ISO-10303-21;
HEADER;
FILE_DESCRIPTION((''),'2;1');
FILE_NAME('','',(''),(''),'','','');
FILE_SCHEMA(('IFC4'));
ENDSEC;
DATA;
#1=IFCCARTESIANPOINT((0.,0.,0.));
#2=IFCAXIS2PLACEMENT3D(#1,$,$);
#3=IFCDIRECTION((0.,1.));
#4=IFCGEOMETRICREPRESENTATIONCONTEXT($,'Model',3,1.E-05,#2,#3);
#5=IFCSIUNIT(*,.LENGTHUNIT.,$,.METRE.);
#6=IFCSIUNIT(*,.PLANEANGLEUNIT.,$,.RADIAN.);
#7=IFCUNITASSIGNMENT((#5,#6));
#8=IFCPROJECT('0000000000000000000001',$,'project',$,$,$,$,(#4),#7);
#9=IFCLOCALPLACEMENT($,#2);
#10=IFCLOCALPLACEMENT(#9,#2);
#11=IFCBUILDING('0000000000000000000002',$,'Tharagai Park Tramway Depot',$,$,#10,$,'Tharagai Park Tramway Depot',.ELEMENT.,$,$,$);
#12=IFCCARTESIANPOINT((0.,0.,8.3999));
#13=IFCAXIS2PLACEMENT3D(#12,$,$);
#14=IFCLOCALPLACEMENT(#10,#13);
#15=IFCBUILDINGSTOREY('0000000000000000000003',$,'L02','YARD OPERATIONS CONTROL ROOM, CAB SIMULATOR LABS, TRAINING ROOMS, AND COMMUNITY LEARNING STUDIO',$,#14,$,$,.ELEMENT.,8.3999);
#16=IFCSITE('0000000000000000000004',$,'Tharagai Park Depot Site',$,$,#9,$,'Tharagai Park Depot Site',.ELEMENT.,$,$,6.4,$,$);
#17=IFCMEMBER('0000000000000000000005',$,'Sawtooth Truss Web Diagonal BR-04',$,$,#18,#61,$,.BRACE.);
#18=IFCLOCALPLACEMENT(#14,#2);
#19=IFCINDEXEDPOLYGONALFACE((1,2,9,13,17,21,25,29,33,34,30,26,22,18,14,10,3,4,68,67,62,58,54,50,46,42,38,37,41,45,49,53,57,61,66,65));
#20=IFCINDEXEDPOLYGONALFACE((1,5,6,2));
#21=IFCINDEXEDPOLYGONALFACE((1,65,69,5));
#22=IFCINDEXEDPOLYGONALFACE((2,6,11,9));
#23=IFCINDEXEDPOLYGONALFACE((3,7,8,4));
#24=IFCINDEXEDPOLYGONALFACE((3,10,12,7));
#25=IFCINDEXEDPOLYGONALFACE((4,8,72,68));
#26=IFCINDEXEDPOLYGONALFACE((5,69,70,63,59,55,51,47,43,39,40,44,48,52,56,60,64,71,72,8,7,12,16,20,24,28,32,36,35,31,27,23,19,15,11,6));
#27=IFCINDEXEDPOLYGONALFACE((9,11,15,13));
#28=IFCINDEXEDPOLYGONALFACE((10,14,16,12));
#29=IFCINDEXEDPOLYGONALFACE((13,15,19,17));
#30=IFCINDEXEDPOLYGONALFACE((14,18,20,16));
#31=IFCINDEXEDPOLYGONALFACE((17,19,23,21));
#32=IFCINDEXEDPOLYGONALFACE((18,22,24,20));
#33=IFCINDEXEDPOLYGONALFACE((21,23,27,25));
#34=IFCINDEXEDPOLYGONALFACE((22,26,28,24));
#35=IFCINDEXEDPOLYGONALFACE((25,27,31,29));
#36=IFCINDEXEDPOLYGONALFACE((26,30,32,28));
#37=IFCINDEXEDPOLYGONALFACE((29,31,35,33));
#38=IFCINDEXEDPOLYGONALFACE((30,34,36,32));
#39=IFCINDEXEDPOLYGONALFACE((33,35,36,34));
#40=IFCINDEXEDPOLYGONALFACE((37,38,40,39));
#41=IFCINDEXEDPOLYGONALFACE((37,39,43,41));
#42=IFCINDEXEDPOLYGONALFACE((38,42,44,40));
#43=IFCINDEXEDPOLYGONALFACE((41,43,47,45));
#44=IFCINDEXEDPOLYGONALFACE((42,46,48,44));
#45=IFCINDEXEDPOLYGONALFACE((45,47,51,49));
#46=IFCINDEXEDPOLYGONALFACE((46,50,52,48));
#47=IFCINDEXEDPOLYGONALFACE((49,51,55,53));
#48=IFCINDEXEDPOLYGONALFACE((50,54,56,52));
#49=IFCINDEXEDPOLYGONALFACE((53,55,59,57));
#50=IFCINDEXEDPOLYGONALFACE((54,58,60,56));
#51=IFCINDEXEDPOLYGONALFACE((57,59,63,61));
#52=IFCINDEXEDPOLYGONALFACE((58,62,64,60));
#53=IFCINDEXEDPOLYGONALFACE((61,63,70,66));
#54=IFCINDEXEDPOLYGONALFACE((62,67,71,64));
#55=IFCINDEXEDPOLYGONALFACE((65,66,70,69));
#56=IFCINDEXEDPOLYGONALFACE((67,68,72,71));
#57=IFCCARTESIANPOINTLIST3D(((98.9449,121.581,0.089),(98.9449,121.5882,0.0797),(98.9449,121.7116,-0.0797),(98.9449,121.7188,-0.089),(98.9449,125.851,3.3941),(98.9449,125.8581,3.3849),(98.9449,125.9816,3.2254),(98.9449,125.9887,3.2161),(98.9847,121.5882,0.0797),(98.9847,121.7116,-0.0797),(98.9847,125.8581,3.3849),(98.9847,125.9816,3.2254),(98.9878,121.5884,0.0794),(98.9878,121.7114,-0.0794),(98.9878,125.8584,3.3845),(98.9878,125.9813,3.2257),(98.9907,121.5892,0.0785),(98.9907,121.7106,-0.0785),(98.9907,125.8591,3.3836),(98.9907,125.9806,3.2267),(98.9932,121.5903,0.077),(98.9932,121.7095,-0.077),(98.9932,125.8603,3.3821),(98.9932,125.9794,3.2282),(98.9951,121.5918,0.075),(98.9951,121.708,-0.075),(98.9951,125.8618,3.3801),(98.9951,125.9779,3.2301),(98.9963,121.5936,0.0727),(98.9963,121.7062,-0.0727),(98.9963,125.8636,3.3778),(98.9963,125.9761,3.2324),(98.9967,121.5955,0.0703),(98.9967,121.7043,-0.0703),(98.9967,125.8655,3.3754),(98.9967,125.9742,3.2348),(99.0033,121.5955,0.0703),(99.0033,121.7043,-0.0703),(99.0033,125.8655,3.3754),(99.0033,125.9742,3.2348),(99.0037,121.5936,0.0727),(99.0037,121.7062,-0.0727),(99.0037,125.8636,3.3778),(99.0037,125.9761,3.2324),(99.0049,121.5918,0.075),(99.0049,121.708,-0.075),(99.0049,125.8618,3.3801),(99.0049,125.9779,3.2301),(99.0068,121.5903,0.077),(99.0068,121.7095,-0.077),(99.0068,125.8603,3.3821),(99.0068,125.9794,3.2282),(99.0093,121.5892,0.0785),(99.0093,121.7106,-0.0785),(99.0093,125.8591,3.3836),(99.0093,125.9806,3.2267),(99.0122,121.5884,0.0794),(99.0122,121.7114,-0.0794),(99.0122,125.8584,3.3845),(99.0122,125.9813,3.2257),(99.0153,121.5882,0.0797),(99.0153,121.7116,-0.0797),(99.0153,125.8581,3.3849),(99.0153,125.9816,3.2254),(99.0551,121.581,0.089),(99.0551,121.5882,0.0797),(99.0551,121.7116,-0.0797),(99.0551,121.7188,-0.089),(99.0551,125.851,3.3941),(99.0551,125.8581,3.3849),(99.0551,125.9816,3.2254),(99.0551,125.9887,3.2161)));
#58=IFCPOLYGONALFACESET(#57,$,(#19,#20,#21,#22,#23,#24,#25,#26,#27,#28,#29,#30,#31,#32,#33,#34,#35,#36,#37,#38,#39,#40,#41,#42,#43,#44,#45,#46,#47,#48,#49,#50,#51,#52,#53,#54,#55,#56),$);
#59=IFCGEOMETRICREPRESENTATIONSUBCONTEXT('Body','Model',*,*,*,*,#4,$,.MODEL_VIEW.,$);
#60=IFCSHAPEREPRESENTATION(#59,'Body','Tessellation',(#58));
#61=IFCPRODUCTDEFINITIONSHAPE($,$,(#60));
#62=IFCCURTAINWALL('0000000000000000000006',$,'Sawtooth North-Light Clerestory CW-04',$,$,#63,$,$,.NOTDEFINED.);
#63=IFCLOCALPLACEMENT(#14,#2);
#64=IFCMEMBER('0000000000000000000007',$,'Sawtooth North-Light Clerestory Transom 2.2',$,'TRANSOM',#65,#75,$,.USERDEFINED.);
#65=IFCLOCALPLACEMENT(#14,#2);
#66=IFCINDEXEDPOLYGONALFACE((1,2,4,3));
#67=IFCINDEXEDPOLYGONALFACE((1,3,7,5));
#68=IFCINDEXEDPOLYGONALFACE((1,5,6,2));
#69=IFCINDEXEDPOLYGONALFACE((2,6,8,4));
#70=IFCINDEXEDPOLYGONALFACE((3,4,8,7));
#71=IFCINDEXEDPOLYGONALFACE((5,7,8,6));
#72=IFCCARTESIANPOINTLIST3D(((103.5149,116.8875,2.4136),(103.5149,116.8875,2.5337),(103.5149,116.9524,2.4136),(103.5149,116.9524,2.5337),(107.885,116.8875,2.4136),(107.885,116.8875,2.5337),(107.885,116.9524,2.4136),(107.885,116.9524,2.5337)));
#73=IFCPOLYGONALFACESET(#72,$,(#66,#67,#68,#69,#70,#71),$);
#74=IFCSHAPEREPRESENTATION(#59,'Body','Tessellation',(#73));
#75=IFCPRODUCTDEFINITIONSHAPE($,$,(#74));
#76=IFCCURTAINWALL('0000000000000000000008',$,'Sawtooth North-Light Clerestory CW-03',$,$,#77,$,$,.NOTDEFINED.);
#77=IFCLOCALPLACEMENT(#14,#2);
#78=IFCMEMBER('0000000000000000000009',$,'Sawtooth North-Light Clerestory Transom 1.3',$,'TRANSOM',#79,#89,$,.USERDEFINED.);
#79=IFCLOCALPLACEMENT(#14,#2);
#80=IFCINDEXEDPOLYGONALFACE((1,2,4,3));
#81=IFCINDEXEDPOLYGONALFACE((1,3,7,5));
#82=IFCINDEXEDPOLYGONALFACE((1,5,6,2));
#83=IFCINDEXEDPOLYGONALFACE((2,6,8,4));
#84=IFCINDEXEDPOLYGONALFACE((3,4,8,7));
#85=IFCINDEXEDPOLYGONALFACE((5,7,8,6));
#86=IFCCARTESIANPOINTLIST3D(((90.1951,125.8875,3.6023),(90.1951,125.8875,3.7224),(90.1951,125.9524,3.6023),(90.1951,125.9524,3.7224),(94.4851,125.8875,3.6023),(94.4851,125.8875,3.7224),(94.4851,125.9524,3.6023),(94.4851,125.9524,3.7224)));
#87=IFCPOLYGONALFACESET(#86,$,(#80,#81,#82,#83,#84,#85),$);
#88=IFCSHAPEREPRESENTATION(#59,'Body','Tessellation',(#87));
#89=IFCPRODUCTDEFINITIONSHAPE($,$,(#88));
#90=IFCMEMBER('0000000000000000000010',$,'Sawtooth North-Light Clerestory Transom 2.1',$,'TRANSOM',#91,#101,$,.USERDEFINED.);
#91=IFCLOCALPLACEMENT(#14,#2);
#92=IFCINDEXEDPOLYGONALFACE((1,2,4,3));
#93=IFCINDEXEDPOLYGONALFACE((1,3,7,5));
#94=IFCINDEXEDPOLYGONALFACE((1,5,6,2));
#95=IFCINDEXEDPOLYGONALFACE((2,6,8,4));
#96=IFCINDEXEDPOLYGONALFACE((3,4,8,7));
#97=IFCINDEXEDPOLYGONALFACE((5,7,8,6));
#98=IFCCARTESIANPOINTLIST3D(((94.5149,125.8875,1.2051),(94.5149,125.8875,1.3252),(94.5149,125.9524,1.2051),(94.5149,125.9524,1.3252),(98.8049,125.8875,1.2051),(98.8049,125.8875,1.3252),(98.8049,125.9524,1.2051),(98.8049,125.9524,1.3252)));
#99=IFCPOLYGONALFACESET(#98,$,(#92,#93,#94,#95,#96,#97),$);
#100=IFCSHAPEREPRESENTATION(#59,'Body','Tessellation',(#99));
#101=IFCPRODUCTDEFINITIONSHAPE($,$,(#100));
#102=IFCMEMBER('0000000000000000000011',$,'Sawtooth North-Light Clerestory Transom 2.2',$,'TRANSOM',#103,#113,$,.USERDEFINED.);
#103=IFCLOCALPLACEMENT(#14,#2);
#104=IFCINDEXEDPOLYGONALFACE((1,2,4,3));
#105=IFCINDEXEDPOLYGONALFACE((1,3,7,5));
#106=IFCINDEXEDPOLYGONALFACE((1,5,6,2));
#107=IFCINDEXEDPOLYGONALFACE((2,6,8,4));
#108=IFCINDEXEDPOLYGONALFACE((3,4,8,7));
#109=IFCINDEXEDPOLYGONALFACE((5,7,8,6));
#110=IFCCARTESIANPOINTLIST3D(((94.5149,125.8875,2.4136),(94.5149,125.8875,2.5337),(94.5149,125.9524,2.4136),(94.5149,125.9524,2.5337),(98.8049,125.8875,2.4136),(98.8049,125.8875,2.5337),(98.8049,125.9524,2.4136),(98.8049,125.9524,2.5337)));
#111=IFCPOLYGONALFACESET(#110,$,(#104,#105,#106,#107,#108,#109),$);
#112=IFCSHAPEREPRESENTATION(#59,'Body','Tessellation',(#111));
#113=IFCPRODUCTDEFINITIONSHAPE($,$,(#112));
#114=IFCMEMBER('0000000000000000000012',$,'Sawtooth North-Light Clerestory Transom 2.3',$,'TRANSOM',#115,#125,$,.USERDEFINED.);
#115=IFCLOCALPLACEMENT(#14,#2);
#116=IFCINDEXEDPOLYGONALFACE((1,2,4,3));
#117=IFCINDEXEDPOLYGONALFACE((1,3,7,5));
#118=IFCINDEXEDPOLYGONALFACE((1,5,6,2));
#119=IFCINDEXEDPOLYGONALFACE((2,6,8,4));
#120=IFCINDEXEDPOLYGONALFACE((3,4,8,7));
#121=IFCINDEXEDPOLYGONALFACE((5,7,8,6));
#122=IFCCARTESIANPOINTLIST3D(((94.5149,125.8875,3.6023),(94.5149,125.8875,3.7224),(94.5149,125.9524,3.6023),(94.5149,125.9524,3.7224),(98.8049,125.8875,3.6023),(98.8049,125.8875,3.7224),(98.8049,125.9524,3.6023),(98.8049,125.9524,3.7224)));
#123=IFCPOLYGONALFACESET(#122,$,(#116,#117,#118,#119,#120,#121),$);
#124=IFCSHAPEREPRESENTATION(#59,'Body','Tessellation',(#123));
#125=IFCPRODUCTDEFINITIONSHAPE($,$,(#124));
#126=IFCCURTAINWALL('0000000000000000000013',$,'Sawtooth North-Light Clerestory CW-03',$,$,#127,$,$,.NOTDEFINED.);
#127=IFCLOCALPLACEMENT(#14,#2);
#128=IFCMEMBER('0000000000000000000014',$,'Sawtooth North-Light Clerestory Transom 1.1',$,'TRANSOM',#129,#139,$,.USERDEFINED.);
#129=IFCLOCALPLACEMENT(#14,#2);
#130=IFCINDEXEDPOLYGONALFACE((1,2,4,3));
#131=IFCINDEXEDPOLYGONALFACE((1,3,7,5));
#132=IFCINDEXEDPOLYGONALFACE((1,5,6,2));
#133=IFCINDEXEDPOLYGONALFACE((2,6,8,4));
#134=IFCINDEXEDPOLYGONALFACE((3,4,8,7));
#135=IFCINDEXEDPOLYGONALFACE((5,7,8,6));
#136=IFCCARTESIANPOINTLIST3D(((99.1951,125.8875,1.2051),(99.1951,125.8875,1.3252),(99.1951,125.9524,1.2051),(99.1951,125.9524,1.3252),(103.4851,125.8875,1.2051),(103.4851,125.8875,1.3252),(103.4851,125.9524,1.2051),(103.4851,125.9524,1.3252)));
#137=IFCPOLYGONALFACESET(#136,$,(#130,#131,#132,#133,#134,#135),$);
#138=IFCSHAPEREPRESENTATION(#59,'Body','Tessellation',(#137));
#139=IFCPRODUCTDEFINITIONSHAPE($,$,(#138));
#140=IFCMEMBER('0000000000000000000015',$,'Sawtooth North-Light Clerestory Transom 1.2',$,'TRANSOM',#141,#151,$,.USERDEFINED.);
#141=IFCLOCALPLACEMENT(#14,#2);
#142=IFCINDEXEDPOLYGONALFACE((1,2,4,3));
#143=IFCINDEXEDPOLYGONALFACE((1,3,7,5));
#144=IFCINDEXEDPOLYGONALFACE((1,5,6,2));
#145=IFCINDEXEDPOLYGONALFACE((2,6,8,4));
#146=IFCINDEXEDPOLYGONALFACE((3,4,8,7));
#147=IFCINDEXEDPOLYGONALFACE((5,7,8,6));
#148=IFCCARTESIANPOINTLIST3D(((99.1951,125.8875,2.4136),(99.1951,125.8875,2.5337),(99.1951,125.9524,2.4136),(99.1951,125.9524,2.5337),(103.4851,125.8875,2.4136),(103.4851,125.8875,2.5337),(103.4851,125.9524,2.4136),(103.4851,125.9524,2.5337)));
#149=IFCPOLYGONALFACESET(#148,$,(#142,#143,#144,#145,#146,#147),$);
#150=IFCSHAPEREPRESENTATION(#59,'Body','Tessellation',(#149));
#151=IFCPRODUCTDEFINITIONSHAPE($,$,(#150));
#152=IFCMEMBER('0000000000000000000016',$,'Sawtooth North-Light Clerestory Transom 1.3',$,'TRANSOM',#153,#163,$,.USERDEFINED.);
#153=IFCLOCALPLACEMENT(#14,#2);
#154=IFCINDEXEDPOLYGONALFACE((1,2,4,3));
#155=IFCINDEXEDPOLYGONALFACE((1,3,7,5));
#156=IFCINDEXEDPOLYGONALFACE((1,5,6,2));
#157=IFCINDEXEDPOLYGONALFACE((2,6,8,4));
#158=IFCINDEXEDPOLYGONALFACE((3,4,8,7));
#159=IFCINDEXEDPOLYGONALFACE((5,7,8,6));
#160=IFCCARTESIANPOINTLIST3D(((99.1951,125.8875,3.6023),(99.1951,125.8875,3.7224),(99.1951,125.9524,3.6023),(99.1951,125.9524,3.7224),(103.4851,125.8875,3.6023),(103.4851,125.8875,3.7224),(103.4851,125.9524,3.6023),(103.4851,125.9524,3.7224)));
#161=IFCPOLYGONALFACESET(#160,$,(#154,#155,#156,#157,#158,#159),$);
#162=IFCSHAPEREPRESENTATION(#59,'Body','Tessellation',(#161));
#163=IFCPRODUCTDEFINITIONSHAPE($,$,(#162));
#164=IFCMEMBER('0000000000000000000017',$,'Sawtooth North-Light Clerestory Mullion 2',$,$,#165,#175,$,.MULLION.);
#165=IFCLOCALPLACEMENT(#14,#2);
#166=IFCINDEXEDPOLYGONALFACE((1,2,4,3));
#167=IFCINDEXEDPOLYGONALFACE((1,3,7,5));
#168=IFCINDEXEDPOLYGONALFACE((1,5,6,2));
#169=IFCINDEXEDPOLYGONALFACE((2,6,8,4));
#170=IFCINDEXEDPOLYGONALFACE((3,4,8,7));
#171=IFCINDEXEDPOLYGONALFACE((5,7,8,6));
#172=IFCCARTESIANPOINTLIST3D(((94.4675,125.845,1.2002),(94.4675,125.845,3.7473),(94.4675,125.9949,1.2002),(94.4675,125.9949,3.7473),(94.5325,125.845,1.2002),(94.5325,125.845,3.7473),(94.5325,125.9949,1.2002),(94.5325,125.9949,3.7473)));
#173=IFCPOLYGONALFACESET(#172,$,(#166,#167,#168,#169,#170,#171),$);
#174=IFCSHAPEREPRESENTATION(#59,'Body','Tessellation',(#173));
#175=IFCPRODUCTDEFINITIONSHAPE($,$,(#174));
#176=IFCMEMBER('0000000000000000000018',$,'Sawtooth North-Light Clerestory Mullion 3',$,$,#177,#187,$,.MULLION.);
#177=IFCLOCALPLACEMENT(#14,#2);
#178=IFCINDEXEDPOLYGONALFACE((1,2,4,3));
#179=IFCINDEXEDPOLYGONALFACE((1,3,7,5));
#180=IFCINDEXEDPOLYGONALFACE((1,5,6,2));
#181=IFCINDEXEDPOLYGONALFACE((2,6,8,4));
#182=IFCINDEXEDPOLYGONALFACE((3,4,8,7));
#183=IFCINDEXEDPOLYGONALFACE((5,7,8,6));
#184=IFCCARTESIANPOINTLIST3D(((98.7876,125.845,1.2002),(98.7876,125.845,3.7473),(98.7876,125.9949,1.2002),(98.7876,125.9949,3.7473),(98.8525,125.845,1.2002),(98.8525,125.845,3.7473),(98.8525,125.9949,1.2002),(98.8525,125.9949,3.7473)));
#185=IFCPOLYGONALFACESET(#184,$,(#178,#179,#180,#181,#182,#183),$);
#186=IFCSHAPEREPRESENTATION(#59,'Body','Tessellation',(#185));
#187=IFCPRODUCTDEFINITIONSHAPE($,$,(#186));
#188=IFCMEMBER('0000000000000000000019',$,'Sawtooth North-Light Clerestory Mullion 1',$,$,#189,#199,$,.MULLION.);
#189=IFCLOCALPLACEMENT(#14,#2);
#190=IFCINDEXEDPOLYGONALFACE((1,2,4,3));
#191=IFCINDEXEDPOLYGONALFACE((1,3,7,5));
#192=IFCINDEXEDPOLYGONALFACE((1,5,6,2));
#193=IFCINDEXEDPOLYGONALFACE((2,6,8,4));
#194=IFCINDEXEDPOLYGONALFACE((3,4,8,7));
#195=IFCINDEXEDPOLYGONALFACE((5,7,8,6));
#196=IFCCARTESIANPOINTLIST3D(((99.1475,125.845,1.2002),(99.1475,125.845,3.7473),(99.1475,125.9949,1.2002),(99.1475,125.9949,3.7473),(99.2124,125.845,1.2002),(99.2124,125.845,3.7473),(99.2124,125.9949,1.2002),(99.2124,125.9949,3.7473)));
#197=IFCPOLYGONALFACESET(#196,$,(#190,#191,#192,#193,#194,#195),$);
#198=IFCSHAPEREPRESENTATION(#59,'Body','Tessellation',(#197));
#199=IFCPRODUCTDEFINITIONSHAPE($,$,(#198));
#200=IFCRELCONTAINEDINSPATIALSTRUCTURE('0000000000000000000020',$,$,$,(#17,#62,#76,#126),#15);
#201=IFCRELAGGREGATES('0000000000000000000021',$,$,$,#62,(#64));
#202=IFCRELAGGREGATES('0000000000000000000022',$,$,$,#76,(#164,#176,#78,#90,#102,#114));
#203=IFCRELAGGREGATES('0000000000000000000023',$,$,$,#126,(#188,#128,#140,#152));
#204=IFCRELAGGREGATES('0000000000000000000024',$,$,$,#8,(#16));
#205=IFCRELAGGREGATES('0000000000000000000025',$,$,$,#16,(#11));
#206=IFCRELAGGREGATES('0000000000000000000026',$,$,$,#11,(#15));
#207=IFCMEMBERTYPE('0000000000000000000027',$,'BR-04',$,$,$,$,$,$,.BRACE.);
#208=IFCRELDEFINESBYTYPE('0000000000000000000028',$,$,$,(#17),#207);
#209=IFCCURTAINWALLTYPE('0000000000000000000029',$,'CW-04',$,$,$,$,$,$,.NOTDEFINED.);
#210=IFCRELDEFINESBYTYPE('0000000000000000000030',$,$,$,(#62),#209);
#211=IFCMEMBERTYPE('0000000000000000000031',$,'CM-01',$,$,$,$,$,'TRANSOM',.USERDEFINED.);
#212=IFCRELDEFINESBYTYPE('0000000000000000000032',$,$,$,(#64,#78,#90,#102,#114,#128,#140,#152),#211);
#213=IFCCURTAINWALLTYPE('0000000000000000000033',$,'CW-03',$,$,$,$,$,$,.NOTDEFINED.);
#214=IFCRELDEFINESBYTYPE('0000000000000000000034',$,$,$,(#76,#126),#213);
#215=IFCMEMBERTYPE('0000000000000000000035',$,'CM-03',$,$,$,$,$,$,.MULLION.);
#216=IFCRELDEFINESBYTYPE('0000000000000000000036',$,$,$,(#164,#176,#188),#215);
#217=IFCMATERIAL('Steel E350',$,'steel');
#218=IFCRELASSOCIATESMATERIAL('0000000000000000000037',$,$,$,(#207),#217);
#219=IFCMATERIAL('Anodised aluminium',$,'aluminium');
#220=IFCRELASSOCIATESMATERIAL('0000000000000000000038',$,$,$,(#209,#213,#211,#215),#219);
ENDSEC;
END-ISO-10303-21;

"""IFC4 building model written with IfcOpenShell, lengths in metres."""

from ifc_helpers import new_model, si_unit, direction, frame, origin, origin_2d, place, context, subcontext, project, spatial, rectangle, i_section, extrude, material, material_profile, profile_set, type_object, element, aggregate, save


model = new_model("IFC4")

# Units and contexts
model_context = context("Model", 3, precision=1e-05, world=origin(), true_north=direction((0.0, 1.0)))
body_context = subcontext(model_context, "Body", "Model", "MODEL_VIEW")
ifc_project = project(units=[si_unit("LENGTHUNIT", "METRE"), si_unit("PLANEANGLEUNIT", "RADIAN")], contexts=[model_context])

# Site, building, storey
site_placement = place(None, origin())
site = spatial("IfcSite", under=ifc_project, at=site_placement, Name="Tharagai Park Depot Site", LongName="Tharagai Park Depot Site", CompositionType="ELEMENT", RefElevation=6.4)
building_placement = place(site_placement, origin())
building = spatial("IfcBuilding", under=site, at=building_placement, Name="Tharagai Park Tramway Depot", LongName="Tharagai Park Tramway Depot", CompositionType="ELEMENT")
storey_placement = place(building_placement, frame((0.0, 0.0, 8.3999)))
storey = spatial("IfcBuildingStorey", under=building, at=storey_placement, Name="L02", Description="YARD OPERATIONS CONTROL ROOM, CAB SIMULATOR LABS, TRAINING ROOMS, AND COMMUNITY LEARNING STUDIO", CompositionType="ELEMENT", Elevation=8.3999)

# Shared definitions
ifc_material_1 = material(Name="Steel E350", Category="steel")

# Member
ifc_material_profile_1 = material_profile(ifc_material_1, i_section(OverallWidth=0.1101, OverallDepth=0.2251, WebThickness=0.0066, FlangeThickness=0.0117, FilletRadius=0.012, at=origin_2d()), Name="ISMB 225")
ifc_profile_set_1 = profile_set([ifc_material_profile_1], Name="Steel E350")
member_type_1 = type_object("IfcMemberType", Name="BR-04", PredefinedType="BRACE", material=ifc_profile_set_1)
member_1_placement = place(storey_placement, frame((99.0, 121.6499, 0.0), z_axis=(0.0, 0.790782, 0.612098), x_axis=(-1.0, 0.0, 0.0)))
element("IfcMember", 1, at=member_1_placement, inside=storey, type_object=member_type_1, Name="Sawtooth Truss Web Diagonal BR-04", PredefinedType="BRACE", context=body_context, shape_type="SweptSolid", body=[
    extrude(i_section(OverallWidth=0.1101, OverallDepth=0.2251, WebThickness=0.0066, FlangeThickness=0.0117, FilletRadius=0.012, at=origin_2d()), origin(), (0.0, 0.0, 1.0), 5.3997),
])

# Curtain wall, member
ifc_material_2 = material(Name="Anodised aluminium", Category="aluminium")
curtain_wall_type_1 = type_object("IfcCurtainWallType", Name="CW-04", PredefinedType="NOTDEFINED", material=ifc_material_2)
curtain_wall_1_placement = place(storey_placement, origin())
curtain_wall_1 = element("IfcCurtainWall", 2, at=curtain_wall_1_placement, inside=storey, type_object=curtain_wall_type_1, Name="Sawtooth North-Light Clerestory CW-04", PredefinedType="NOTDEFINED")
ifc_material_profile_2 = material_profile(ifc_material_2, rectangle(XDim=0.0649, YDim=0.1201, at=origin_2d()), Name="ALU 65x120")
ifc_profile_set_2 = profile_set([ifc_material_profile_2], Name="Anodised aluminium")
member_type_2 = type_object("IfcMemberType", Name="CM-01", ElementType="TRANSOM", PredefinedType="USERDEFINED", material=ifc_profile_set_2)
member_2_placement = place(storey_placement, frame((103.5149, 116.9199, 2.4736), z_axis=(1.0, 0.0, 0.0), x_axis=(0.0, 1.0, 0.0)))
member_2 = element("IfcMember", 3, at=member_2_placement, type_object=member_type_2, Name="Sawtooth North-Light Clerestory Transom 2.2", ObjectType="TRANSOM", PredefinedType="USERDEFINED", context=body_context, shape_type="SweptSolid", body=[
    extrude(rectangle(XDim=0.0649, YDim=0.1201, at=origin_2d()), origin(), (0.0, 0.0, 1.0), 4.3701),
])
aggregate(curtain_wall_1, [member_2])

# Curtain walls, members
curtain_wall_type_2 = type_object("IfcCurtainWallType", Name="CW-03", PredefinedType="NOTDEFINED", material=ifc_material_2)
curtain_wall_2_placement = place(storey_placement, origin())
curtain_wall_2 = element("IfcCurtainWall", 4, at=curtain_wall_2_placement, inside=storey, type_object=curtain_wall_type_2, Name="Sawtooth North-Light Clerestory CW-03", PredefinedType="NOTDEFINED")
member_3_placement = place(storey_placement, frame((90.1951, 125.9199, 3.6624), z_axis=(1.0, 0.0, 0.0), x_axis=(0.0, 1.0, 0.0)))
member_3 = element("IfcMember", 5, at=member_3_placement, type_object=member_type_2, Name="Sawtooth North-Light Clerestory Transom 1.3", ObjectType="TRANSOM", PredefinedType="USERDEFINED", context=body_context, shape_type="SweptSolid", body=[
    extrude(rectangle(XDim=0.0649, YDim=0.1201, at=origin_2d()), origin(), (0.0, 0.0, 1.0), 4.29),
])
member_4_placement = place(storey_placement, frame((94.5149, 125.9199, 1.2651), z_axis=(1.0, 0.0, 0.0), x_axis=(0.0, 1.0, 0.0)))
member_4 = element("IfcMember", 6, at=member_4_placement, type_object=member_type_2, Name="Sawtooth North-Light Clerestory Transom 2.1", ObjectType="TRANSOM", PredefinedType="USERDEFINED", context=body_context, shape_type="SweptSolid", body=[
    extrude(rectangle(XDim=0.0649, YDim=0.1201, at=origin_2d()), origin(), (0.0, 0.0, 1.0), 4.29),
])
member_5_placement = place(storey_placement, frame((94.5149, 125.9199, 2.4736), z_axis=(1.0, 0.0, 0.0), x_axis=(0.0, 1.0, 0.0)))
member_5 = element("IfcMember", 7, at=member_5_placement, type_object=member_type_2, Name="Sawtooth North-Light Clerestory Transom 2.2", ObjectType="TRANSOM", PredefinedType="USERDEFINED", context=body_context, shape_type="SweptSolid", body=[
    extrude(rectangle(XDim=0.0649, YDim=0.1201, at=origin_2d()), origin(), (0.0, 0.0, 1.0), 4.29),
])
member_6_placement = place(storey_placement, frame((94.5149, 125.9199, 3.6624), z_axis=(1.0, 0.0, 0.0), x_axis=(0.0, 1.0, 0.0)))
member_6 = element("IfcMember", 8, at=member_6_placement, type_object=member_type_2, Name="Sawtooth North-Light Clerestory Transom 2.3", ObjectType="TRANSOM", PredefinedType="USERDEFINED", context=body_context, shape_type="SweptSolid", body=[
    extrude(rectangle(XDim=0.0649, YDim=0.1201, at=origin_2d()), origin(), (0.0, 0.0, 1.0), 4.29),
])
curtain_wall_3_placement = place(storey_placement, origin())
curtain_wall_3 = element("IfcCurtainWall", 9, at=curtain_wall_3_placement, inside=storey, type_object=curtain_wall_type_2, Name="Sawtooth North-Light Clerestory CW-03", PredefinedType="NOTDEFINED")
member_7_placement = place(storey_placement, frame((99.1951, 125.9199, 1.2651), z_axis=(1.0, 0.0, 0.0), x_axis=(0.0, 1.0, 0.0)))
member_7 = element("IfcMember", 10, at=member_7_placement, type_object=member_type_2, Name="Sawtooth North-Light Clerestory Transom 1.1", ObjectType="TRANSOM", PredefinedType="USERDEFINED", context=body_context, shape_type="SweptSolid", body=[
    extrude(rectangle(XDim=0.0649, YDim=0.1201, at=origin_2d()), origin(), (0.0, 0.0, 1.0), 4.29),
])
member_8_placement = place(storey_placement, frame((99.1951, 125.9199, 2.4736), z_axis=(1.0, 0.0, 0.0), x_axis=(0.0, 1.0, 0.0)))
member_8 = element("IfcMember", 11, at=member_8_placement, type_object=member_type_2, Name="Sawtooth North-Light Clerestory Transom 1.2", ObjectType="TRANSOM", PredefinedType="USERDEFINED", context=body_context, shape_type="SweptSolid", body=[
    extrude(rectangle(XDim=0.0649, YDim=0.1201, at=origin_2d()), origin(), (0.0, 0.0, 1.0), 4.29),
])
member_9_placement = place(storey_placement, frame((99.1951, 125.9199, 3.6624), z_axis=(1.0, 0.0, 0.0), x_axis=(0.0, 1.0, 0.0)))
member_9 = element("IfcMember", 12, at=member_9_placement, type_object=member_type_2, Name="Sawtooth North-Light Clerestory Transom 1.3", ObjectType="TRANSOM", PredefinedType="USERDEFINED", context=body_context, shape_type="SweptSolid", body=[
    extrude(rectangle(XDim=0.0649, YDim=0.1201, at=origin_2d()), origin(), (0.0, 0.0, 1.0), 4.29),
])

# Members
ifc_material_profile_3 = material_profile(ifc_material_2, rectangle(XDim=0.0649, YDim=0.1499, at=origin_2d()), Name="ALU 65x150")
ifc_profile_set_3 = profile_set([ifc_material_profile_3], Name="Anodised aluminium")
member_type_3 = type_object("IfcMemberType", Name="CM-03", PredefinedType="MULLION", material=ifc_profile_set_3)
member_10_placement = place(storey_placement, frame((94.5, 125.9199, 1.2002), z_axis=(0.0, 0.0, 1.0), x_axis=(1.0, 0.0, 0.0)))
member_10 = element("IfcMember", 13, at=member_10_placement, type_object=member_type_3, Name="Sawtooth North-Light Clerestory Mullion 2", PredefinedType="MULLION", context=body_context, shape_type="SweptSolid", body=[
    extrude(rectangle(XDim=0.0649, YDim=0.1499, at=origin_2d()), origin(), (0.0, 0.0, 1.0), 2.5471),
])
member_11_placement = place(storey_placement, frame((98.8201, 125.9199, 1.2002), z_axis=(0.0, 0.0, 1.0), x_axis=(1.0, 0.0, 0.0)))
member_11 = element("IfcMember", 14, at=member_11_placement, type_object=member_type_3, Name="Sawtooth North-Light Clerestory Mullion 3", PredefinedType="MULLION", context=body_context, shape_type="SweptSolid", body=[
    extrude(rectangle(XDim=0.0649, YDim=0.1499, at=origin_2d()), origin(), (0.0, 0.0, 1.0), 2.5471),
])
member_12_placement = place(storey_placement, frame((99.1799, 125.9199, 1.2002), z_axis=(0.0, 0.0, 1.0), x_axis=(1.0, 0.0, 0.0)))
member_12 = element("IfcMember", 15, at=member_12_placement, type_object=member_type_3, Name="Sawtooth North-Light Clerestory Mullion 1", PredefinedType="MULLION", context=body_context, shape_type="SweptSolid", body=[
    extrude(rectangle(XDim=0.0649, YDim=0.1499, at=origin_2d()), origin(), (0.0, 0.0, 1.0), 2.5471),
])

aggregate(curtain_wall_2, [member_10, member_11, member_3, member_4, member_5, member_6])
aggregate(curtain_wall_3, [member_12, member_7, member_8, member_9])

save(model, "model.ifc")
